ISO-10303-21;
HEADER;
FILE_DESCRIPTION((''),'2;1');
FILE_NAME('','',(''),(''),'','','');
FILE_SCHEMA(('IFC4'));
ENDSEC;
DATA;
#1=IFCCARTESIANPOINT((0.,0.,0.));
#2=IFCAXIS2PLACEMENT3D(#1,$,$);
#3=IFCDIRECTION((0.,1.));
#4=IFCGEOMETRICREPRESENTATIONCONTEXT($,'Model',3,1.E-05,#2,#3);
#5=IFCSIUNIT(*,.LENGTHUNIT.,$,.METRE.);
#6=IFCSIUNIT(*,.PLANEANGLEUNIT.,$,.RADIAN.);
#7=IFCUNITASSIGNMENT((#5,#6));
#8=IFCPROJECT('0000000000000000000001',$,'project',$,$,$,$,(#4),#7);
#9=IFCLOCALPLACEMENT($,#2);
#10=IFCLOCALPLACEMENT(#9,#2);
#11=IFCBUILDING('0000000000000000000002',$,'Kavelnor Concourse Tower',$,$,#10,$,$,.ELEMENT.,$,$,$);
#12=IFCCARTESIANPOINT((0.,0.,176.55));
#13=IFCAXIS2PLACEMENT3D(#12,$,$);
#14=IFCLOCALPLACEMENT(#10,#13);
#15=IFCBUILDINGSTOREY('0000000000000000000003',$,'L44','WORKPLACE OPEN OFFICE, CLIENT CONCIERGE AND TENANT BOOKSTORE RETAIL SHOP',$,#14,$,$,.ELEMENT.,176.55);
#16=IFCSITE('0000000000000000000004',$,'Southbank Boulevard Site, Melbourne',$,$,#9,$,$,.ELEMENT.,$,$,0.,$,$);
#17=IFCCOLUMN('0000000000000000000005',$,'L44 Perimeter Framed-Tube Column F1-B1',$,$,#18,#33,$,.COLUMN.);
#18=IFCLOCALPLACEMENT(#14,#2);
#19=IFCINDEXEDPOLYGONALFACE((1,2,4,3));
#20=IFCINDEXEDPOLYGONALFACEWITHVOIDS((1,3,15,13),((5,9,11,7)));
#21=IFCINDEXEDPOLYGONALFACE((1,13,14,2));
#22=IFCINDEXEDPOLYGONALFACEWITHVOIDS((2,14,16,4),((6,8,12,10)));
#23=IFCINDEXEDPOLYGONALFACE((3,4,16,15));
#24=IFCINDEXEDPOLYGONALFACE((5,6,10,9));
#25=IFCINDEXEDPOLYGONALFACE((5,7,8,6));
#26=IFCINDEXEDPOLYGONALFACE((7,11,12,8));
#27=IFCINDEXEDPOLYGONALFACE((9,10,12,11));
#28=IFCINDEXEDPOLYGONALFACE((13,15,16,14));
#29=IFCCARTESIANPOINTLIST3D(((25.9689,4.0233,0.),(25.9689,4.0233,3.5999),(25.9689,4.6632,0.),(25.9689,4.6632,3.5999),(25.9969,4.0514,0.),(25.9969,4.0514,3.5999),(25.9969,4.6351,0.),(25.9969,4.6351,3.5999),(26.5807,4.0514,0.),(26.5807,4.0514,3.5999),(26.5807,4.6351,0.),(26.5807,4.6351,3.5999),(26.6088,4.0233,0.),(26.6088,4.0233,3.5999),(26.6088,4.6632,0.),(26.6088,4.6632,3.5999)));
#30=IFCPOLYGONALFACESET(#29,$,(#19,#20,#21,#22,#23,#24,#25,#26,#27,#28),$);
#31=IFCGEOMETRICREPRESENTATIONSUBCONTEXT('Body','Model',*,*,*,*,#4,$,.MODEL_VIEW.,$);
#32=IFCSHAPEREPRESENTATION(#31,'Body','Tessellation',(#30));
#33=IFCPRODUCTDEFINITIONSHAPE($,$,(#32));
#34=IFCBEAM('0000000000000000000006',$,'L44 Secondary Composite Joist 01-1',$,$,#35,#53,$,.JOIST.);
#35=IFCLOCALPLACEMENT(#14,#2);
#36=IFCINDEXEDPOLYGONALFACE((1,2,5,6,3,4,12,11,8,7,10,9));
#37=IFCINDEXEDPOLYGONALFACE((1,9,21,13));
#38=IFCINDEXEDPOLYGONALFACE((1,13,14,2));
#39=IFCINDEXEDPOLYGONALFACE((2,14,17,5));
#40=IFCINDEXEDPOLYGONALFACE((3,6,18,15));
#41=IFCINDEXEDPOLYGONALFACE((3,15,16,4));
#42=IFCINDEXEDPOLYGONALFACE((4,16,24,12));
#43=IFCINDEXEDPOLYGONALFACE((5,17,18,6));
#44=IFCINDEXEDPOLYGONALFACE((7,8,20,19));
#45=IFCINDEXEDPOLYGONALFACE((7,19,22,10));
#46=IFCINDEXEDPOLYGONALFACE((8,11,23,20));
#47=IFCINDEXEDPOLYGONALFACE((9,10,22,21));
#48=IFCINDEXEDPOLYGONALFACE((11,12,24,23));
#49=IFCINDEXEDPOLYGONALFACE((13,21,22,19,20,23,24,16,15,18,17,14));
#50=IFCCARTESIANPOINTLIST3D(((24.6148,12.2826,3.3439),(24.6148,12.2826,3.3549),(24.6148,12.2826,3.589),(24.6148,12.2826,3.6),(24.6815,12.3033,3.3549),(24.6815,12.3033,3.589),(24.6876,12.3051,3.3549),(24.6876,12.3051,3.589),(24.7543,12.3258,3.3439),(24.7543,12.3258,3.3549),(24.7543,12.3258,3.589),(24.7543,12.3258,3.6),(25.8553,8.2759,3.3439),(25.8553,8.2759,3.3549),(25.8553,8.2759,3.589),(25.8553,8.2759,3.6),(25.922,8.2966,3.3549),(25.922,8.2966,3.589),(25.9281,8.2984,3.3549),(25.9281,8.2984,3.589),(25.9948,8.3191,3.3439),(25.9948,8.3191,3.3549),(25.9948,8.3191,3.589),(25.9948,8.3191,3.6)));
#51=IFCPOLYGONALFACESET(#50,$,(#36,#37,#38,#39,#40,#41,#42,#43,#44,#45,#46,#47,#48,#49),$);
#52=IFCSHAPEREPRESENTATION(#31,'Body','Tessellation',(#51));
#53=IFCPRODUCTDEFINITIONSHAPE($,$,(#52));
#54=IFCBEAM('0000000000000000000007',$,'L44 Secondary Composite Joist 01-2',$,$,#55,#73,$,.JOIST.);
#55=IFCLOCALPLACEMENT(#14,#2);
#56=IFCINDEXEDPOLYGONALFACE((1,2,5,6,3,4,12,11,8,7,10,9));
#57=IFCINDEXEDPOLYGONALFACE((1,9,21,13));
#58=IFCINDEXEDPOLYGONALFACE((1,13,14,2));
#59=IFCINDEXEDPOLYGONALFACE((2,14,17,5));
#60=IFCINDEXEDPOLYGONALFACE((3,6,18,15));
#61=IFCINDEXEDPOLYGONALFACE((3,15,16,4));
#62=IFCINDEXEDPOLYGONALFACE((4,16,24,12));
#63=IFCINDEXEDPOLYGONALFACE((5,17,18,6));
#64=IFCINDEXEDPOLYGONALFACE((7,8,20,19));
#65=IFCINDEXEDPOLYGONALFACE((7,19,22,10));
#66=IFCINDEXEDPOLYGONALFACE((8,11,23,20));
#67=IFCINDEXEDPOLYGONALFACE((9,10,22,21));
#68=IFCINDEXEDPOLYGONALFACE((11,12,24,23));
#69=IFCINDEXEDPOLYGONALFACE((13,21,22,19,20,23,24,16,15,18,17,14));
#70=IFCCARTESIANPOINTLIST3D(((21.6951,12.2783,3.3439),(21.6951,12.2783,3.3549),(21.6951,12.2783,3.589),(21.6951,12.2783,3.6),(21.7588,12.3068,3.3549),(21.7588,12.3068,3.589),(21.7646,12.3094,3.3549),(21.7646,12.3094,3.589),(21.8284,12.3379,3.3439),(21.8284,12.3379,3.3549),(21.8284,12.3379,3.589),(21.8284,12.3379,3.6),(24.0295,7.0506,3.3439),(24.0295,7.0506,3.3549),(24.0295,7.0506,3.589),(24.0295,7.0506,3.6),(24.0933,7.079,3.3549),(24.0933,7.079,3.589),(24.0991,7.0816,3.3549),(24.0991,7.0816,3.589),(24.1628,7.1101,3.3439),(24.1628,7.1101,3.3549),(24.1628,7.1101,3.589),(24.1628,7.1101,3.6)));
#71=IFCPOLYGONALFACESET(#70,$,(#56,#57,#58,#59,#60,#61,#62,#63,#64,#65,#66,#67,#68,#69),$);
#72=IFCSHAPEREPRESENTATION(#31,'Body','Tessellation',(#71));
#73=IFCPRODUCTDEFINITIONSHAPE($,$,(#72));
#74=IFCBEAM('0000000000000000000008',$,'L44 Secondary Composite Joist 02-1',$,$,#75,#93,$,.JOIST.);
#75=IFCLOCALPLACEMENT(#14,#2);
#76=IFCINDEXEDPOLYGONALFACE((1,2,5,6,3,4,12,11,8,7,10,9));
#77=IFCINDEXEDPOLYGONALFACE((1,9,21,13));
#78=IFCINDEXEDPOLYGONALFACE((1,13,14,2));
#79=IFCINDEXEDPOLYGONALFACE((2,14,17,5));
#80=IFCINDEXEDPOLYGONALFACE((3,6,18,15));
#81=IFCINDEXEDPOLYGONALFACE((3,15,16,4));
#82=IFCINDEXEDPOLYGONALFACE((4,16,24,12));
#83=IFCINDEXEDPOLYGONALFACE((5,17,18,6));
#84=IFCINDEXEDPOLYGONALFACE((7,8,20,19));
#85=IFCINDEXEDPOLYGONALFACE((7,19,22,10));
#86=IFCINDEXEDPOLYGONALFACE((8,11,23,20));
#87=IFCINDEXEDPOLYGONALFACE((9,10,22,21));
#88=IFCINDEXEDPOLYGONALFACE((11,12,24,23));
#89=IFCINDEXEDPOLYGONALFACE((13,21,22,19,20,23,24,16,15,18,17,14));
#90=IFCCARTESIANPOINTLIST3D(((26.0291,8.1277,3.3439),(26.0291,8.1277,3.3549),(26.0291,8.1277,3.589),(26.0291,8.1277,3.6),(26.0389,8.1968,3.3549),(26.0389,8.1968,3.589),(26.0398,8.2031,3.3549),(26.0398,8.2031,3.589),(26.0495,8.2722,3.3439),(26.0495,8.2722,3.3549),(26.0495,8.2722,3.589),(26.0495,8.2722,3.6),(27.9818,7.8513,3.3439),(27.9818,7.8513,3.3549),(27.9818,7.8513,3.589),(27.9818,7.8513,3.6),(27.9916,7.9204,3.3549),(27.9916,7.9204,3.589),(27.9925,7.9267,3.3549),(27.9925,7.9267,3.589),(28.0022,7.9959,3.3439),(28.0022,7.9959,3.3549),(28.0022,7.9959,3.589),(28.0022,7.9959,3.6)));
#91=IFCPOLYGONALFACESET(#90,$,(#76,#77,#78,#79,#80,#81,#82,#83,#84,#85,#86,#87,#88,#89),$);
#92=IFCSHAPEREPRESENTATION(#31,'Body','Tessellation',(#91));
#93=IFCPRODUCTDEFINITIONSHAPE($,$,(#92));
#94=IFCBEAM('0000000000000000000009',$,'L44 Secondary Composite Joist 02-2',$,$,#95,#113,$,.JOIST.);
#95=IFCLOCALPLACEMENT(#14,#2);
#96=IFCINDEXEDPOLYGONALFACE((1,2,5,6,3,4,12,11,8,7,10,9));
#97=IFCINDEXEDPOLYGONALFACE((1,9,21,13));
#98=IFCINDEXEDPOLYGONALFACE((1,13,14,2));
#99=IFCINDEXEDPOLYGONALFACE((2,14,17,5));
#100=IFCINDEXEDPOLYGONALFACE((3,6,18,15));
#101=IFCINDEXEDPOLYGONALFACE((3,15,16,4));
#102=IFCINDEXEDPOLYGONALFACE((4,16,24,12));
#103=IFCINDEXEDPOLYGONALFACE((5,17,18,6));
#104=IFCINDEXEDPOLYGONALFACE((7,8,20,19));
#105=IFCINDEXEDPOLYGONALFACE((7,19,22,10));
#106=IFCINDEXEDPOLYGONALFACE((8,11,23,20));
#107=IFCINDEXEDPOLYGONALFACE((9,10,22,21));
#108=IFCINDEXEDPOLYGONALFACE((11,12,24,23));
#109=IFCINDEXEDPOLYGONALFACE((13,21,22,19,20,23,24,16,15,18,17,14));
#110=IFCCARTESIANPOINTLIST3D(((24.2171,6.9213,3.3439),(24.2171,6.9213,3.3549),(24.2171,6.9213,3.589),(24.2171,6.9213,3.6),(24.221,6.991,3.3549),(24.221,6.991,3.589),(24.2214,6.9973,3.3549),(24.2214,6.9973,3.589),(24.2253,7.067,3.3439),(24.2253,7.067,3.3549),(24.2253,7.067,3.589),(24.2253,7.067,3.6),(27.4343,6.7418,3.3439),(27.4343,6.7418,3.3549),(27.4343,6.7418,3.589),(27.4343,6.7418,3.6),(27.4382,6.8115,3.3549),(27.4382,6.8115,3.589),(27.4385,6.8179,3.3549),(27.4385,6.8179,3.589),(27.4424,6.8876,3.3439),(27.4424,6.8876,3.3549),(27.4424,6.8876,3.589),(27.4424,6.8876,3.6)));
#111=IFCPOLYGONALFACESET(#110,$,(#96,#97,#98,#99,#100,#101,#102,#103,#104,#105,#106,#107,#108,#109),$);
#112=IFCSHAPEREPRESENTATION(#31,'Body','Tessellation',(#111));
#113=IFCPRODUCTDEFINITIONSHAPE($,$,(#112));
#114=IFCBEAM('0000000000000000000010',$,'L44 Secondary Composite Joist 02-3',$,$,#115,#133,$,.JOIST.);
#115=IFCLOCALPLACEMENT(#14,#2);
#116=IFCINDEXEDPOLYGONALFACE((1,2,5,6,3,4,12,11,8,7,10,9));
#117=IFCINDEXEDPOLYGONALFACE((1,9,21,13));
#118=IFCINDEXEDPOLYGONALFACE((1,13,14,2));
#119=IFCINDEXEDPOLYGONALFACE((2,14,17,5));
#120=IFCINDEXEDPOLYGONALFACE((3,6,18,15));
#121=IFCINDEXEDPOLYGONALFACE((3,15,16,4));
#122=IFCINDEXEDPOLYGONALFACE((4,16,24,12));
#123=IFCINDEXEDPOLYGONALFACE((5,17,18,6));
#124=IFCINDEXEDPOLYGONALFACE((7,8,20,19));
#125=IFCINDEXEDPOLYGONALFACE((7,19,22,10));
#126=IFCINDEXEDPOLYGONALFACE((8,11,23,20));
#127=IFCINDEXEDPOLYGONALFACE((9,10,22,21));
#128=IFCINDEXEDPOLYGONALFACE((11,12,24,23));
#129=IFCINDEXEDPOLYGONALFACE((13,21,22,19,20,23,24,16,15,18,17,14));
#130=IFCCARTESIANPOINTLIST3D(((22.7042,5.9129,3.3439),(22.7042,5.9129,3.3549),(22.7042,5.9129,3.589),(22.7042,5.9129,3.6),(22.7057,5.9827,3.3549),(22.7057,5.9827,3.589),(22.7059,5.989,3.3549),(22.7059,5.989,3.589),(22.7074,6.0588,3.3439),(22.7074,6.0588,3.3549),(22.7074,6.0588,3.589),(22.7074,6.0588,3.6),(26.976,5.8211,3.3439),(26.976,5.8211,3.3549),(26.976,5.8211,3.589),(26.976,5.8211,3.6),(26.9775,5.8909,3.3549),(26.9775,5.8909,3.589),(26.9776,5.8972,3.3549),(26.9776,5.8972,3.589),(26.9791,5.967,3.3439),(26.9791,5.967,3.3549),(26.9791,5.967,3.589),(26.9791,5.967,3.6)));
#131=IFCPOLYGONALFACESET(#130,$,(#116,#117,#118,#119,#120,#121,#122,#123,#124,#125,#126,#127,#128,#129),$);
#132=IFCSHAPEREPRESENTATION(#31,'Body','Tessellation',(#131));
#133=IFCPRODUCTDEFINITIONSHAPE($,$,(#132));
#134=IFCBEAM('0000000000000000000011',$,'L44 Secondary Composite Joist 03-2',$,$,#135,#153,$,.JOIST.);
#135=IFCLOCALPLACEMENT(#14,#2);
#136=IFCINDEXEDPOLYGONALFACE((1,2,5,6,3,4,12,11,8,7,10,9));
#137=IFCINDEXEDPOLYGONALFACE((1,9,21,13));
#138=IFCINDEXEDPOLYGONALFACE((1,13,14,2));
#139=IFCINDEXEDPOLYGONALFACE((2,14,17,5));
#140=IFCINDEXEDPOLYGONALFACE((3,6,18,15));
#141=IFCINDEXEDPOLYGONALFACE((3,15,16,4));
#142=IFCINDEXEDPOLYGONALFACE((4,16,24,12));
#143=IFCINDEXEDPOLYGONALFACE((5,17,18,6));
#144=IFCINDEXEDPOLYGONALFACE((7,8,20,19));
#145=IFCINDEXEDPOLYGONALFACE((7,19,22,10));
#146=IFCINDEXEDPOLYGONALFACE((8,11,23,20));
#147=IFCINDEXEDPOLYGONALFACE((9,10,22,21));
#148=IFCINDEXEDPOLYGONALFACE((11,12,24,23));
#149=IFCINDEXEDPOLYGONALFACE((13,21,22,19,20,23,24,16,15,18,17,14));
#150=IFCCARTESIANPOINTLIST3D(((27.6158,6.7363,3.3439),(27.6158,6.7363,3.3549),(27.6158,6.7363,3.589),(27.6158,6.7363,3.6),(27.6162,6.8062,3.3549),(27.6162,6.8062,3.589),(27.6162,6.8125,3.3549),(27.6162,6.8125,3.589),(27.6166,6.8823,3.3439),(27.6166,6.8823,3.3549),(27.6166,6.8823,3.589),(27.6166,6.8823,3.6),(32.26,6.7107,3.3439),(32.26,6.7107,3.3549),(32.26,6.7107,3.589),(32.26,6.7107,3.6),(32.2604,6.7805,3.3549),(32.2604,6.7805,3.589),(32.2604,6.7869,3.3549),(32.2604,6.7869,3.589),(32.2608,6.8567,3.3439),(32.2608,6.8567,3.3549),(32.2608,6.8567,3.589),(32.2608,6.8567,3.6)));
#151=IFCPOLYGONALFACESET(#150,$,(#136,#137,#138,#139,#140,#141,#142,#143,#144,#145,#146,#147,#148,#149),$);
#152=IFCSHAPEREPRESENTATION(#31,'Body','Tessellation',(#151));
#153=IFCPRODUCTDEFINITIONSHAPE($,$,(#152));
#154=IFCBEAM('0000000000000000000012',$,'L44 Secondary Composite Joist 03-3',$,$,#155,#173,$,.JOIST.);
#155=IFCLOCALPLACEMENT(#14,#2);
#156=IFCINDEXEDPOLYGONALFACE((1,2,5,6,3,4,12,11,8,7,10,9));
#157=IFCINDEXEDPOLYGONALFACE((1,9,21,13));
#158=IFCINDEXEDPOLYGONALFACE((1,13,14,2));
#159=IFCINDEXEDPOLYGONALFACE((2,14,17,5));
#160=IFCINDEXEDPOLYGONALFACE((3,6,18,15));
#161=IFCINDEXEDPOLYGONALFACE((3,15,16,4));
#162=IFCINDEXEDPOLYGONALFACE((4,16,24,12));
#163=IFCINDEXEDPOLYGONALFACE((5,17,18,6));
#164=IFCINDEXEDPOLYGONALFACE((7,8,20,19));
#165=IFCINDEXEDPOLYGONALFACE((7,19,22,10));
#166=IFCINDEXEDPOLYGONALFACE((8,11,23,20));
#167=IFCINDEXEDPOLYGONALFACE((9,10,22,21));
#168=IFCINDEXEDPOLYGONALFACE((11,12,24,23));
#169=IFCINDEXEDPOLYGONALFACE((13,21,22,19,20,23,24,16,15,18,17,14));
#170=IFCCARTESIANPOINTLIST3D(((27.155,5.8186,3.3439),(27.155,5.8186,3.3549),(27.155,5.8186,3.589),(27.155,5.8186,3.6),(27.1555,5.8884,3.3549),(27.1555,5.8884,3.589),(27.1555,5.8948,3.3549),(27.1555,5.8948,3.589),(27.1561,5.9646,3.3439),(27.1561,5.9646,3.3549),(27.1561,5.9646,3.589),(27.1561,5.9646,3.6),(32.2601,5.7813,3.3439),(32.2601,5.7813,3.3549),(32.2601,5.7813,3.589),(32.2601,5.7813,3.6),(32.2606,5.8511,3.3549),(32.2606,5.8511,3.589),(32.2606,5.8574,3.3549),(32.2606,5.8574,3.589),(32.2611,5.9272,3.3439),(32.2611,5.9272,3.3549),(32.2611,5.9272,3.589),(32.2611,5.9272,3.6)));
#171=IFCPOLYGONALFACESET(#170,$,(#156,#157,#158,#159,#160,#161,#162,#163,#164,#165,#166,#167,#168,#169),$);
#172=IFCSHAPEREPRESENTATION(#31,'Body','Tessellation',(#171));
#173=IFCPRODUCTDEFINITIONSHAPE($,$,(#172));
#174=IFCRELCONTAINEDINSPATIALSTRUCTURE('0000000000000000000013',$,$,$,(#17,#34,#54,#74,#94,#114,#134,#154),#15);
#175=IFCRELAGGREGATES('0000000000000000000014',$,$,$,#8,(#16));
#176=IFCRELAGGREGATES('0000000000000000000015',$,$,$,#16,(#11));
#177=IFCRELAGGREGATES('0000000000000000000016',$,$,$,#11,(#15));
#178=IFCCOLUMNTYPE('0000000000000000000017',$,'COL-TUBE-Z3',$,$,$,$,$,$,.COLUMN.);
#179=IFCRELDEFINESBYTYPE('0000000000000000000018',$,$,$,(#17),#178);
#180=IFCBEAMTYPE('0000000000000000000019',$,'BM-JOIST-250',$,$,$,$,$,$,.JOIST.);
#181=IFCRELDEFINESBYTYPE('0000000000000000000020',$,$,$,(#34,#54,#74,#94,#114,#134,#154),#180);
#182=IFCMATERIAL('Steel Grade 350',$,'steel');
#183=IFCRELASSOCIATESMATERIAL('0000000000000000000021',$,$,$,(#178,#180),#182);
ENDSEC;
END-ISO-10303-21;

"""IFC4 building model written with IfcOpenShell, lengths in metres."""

from ifc_helpers import new_model, si_unit, direction, frame, origin, origin_2d, place, context, subcontext, project, spatial, hollow_rectangle, i_section, extrude, material, material_profile, profile_set, type_object, element, save


model = new_model("IFC4")

# Units and contexts
model_context = context("Model", 3, precision=1e-05, world=origin(), true_north=direction((0.0, 1.0)))
body_context = subcontext(model_context, "Body", "Model", "MODEL_VIEW")
ifc_project = project(units=[si_unit("LENGTHUNIT", "METRE"), si_unit("PLANEANGLEUNIT", "RADIAN")], contexts=[model_context])

# Site, building, storey
site_placement = place(None, origin())
site = spatial("IfcSite", under=ifc_project, at=site_placement, Name="Southbank Boulevard Site, Melbourne", CompositionType="ELEMENT", RefElevation=0.0)
building_placement = place(site_placement, origin())
building = spatial("IfcBuilding", under=site, at=building_placement, Name="Kavelnor Concourse Tower", CompositionType="ELEMENT")
storey_placement = place(building_placement, frame((0.0, 0.0, 176.55)))
storey = spatial("IfcBuildingStorey", under=building, at=storey_placement, Name="L44", Description="WORKPLACE OPEN OFFICE, CLIENT CONCIERGE AND TENANT BOOKSTORE RETAIL SHOP", CompositionType="ELEMENT", Elevation=176.55)

# Column
ifc_material_1 = material(Name="Steel Grade 350", Category="steel")
ifc_material_profile_1 = material_profile(ifc_material_1, hollow_rectangle(XDim=0.6399, YDim=0.6399, WallThickness=0.0281, at=origin_2d()), Name="SHS 640x640x28")
ifc_profile_set_1 = profile_set([ifc_material_profile_1], Name="Steel Grade 350")
column_type = type_object("IfcColumnType", Name="COL-TUBE-Z3", PredefinedType="COLUMN", material=ifc_profile_set_1)
column_placement = place(storey_placement, frame((26.2888, 4.3433, 0.0), z_axis=(0.0, 0.0, 1.0), x_axis=(1.0, 0.0, 0.0)))
element("IfcColumn", 1, at=column_placement, inside=storey, type_object=column_type, Name="L44 Perimeter Framed-Tube Column F1-B1", PredefinedType="COLUMN", context=body_context, shape_type="SweptSolid", body=[
    extrude(hollow_rectangle(XDim=0.6399, YDim=0.6399, WallThickness=0.0281, at=origin_2d()), origin(), (0.0, 0.0, 1.0), 3.5999),
])

# Beams
ifc_material_profile_2 = material_profile(ifc_material_1, i_section(OverallWidth=0.146, OverallDepth=0.2561, WebThickness=0.0063, FlangeThickness=0.011, at=origin_2d()), Name="250UB37")
ifc_profile_set_2 = profile_set([ifc_material_profile_2], Name="Steel Grade 350")
beam_type_1 = type_object("IfcBeamType", Name="BM-JOIST-250", PredefinedType="JOIST", material=ifc_profile_set_2)
beam_1_placement = place(storey_placement, frame((24.6846, 12.3042, 3.4719), z_axis=(0.295758, -0.955263, 0.0), x_axis=(0.955263, 0.295758, 0.0)))
element("IfcBeam", 2, at=beam_1_placement, inside=storey, type_object=beam_type_1, Name="L44 Secondary Composite Joist 01-1", PredefinedType="JOIST", context=body_context, shape_type="SweptSolid", body=[
    extrude(i_section(OverallWidth=0.146, OverallDepth=0.2561, WebThickness=0.0063, FlangeThickness=0.011, at=origin_2d()), origin(), (0.0, 0.0, 1.0), 4.1943),
])
beam_2_placement = place(storey_placement, frame((21.7617, 12.3081, 3.4719), z_axis=(0.407744, -0.913096, 0.0), x_axis=(0.913096, 0.407744, 0.0)))
element("IfcBeam", 3, at=beam_2_placement, inside=storey, type_object=beam_type_1, Name="L44 Secondary Composite Joist 01-2", PredefinedType="JOIST", context=body_context, shape_type="SweptSolid", body=[
    extrude(i_section(OverallWidth=0.146, OverallDepth=0.2561, WebThickness=0.0063, FlangeThickness=0.011, at=origin_2d()), origin(), (0.0, 0.0, 1.0), 5.7253),
])
beam_3_placement = place(storey_placement, frame((26.0393, 8.2, 3.4719), z_axis=(0.990132, -0.140139, 0.0), x_axis=(0.140139, 0.990132, 0.0)))
element("IfcBeam", 4, at=beam_3_placement, inside=storey, type_object=beam_type_1, Name="L44 Secondary Composite Joist 02-1", PredefinedType="JOIST", context=body_context, shape_type="SweptSolid", body=[
    extrude(i_section(OverallWidth=0.146, OverallDepth=0.2561, WebThickness=0.0063, FlangeThickness=0.011, at=origin_2d()), origin(), (0.0, 0.0, 1.0), 1.9722),
])
beam_4_placement = place(storey_placement, frame((24.2212, 6.9941, 3.4719), z_axis=(0.998448, -0.055688, 0.0), x_axis=(0.055688, 0.998448, 0.0)))
element("IfcBeam", 5, at=beam_4_placement, inside=storey, type_object=beam_type_1, Name="L44 Secondary Composite Joist 02-2", PredefinedType="JOIST", context=body_context, shape_type="SweptSolid", body=[
    extrude(i_section(OverallWidth=0.146, OverallDepth=0.2561, WebThickness=0.0063, FlangeThickness=0.011, at=origin_2d()), origin(), (0.0, 0.0, 1.0), 3.2222),
])
beam_5_placement = place(storey_placement, frame((22.7058, 5.9858, 3.4719), z_axis=(0.999769, -0.021484, 0.0), x_axis=(0.021484, 0.999769, 0.0)))
element("IfcBeam", 6, at=beam_5_placement, inside=storey, type_object=beam_type_1, Name="L44 Secondary Composite Joist 02-3", PredefinedType="JOIST", context=body_context, shape_type="SweptSolid", body=[
    extrude(i_section(OverallWidth=0.146, OverallDepth=0.2561, WebThickness=0.0063, FlangeThickness=0.011, at=origin_2d()), origin(), (0.0, 0.0, 1.0), 4.2727),
])
beam_6_placement = place(storey_placement, frame((27.6162, 6.8093, 3.4719), z_axis=(0.999985, -0.00552, 0.0), x_axis=(0.00552, 0.999985, 0.0)))
element("IfcBeam", 7, at=beam_6_placement, inside=storey, type_object=beam_type_1, Name="L44 Secondary Composite Joist 03-2", PredefinedType="JOIST", context=body_context, shape_type="SweptSolid", body=[
    extrude(i_section(OverallWidth=0.146, OverallDepth=0.2561, WebThickness=0.0063, FlangeThickness=0.011, at=origin_2d()), origin(), (0.0, 0.0, 1.0), 4.6443),
])
beam_7_placement = place(storey_placement, frame((27.1555, 5.8916, 3.4719), z_axis=(0.999973, -0.007317, 0.0), x_axis=(0.007317, 0.999973, 0.0)))
element("IfcBeam", 8, at=beam_7_placement, inside=storey, type_object=beam_type_1, Name="L44 Secondary Composite Joist 03-3", PredefinedType="JOIST", context=body_context, shape_type="SweptSolid", body=[
    extrude(i_section(OverallWidth=0.146, OverallDepth=0.2561, WebThickness=0.0063, FlangeThickness=0.011, at=origin_2d()), origin(), (0.0, 0.0, 1.0), 5.1052),
])

save(model, "model.ifc")
